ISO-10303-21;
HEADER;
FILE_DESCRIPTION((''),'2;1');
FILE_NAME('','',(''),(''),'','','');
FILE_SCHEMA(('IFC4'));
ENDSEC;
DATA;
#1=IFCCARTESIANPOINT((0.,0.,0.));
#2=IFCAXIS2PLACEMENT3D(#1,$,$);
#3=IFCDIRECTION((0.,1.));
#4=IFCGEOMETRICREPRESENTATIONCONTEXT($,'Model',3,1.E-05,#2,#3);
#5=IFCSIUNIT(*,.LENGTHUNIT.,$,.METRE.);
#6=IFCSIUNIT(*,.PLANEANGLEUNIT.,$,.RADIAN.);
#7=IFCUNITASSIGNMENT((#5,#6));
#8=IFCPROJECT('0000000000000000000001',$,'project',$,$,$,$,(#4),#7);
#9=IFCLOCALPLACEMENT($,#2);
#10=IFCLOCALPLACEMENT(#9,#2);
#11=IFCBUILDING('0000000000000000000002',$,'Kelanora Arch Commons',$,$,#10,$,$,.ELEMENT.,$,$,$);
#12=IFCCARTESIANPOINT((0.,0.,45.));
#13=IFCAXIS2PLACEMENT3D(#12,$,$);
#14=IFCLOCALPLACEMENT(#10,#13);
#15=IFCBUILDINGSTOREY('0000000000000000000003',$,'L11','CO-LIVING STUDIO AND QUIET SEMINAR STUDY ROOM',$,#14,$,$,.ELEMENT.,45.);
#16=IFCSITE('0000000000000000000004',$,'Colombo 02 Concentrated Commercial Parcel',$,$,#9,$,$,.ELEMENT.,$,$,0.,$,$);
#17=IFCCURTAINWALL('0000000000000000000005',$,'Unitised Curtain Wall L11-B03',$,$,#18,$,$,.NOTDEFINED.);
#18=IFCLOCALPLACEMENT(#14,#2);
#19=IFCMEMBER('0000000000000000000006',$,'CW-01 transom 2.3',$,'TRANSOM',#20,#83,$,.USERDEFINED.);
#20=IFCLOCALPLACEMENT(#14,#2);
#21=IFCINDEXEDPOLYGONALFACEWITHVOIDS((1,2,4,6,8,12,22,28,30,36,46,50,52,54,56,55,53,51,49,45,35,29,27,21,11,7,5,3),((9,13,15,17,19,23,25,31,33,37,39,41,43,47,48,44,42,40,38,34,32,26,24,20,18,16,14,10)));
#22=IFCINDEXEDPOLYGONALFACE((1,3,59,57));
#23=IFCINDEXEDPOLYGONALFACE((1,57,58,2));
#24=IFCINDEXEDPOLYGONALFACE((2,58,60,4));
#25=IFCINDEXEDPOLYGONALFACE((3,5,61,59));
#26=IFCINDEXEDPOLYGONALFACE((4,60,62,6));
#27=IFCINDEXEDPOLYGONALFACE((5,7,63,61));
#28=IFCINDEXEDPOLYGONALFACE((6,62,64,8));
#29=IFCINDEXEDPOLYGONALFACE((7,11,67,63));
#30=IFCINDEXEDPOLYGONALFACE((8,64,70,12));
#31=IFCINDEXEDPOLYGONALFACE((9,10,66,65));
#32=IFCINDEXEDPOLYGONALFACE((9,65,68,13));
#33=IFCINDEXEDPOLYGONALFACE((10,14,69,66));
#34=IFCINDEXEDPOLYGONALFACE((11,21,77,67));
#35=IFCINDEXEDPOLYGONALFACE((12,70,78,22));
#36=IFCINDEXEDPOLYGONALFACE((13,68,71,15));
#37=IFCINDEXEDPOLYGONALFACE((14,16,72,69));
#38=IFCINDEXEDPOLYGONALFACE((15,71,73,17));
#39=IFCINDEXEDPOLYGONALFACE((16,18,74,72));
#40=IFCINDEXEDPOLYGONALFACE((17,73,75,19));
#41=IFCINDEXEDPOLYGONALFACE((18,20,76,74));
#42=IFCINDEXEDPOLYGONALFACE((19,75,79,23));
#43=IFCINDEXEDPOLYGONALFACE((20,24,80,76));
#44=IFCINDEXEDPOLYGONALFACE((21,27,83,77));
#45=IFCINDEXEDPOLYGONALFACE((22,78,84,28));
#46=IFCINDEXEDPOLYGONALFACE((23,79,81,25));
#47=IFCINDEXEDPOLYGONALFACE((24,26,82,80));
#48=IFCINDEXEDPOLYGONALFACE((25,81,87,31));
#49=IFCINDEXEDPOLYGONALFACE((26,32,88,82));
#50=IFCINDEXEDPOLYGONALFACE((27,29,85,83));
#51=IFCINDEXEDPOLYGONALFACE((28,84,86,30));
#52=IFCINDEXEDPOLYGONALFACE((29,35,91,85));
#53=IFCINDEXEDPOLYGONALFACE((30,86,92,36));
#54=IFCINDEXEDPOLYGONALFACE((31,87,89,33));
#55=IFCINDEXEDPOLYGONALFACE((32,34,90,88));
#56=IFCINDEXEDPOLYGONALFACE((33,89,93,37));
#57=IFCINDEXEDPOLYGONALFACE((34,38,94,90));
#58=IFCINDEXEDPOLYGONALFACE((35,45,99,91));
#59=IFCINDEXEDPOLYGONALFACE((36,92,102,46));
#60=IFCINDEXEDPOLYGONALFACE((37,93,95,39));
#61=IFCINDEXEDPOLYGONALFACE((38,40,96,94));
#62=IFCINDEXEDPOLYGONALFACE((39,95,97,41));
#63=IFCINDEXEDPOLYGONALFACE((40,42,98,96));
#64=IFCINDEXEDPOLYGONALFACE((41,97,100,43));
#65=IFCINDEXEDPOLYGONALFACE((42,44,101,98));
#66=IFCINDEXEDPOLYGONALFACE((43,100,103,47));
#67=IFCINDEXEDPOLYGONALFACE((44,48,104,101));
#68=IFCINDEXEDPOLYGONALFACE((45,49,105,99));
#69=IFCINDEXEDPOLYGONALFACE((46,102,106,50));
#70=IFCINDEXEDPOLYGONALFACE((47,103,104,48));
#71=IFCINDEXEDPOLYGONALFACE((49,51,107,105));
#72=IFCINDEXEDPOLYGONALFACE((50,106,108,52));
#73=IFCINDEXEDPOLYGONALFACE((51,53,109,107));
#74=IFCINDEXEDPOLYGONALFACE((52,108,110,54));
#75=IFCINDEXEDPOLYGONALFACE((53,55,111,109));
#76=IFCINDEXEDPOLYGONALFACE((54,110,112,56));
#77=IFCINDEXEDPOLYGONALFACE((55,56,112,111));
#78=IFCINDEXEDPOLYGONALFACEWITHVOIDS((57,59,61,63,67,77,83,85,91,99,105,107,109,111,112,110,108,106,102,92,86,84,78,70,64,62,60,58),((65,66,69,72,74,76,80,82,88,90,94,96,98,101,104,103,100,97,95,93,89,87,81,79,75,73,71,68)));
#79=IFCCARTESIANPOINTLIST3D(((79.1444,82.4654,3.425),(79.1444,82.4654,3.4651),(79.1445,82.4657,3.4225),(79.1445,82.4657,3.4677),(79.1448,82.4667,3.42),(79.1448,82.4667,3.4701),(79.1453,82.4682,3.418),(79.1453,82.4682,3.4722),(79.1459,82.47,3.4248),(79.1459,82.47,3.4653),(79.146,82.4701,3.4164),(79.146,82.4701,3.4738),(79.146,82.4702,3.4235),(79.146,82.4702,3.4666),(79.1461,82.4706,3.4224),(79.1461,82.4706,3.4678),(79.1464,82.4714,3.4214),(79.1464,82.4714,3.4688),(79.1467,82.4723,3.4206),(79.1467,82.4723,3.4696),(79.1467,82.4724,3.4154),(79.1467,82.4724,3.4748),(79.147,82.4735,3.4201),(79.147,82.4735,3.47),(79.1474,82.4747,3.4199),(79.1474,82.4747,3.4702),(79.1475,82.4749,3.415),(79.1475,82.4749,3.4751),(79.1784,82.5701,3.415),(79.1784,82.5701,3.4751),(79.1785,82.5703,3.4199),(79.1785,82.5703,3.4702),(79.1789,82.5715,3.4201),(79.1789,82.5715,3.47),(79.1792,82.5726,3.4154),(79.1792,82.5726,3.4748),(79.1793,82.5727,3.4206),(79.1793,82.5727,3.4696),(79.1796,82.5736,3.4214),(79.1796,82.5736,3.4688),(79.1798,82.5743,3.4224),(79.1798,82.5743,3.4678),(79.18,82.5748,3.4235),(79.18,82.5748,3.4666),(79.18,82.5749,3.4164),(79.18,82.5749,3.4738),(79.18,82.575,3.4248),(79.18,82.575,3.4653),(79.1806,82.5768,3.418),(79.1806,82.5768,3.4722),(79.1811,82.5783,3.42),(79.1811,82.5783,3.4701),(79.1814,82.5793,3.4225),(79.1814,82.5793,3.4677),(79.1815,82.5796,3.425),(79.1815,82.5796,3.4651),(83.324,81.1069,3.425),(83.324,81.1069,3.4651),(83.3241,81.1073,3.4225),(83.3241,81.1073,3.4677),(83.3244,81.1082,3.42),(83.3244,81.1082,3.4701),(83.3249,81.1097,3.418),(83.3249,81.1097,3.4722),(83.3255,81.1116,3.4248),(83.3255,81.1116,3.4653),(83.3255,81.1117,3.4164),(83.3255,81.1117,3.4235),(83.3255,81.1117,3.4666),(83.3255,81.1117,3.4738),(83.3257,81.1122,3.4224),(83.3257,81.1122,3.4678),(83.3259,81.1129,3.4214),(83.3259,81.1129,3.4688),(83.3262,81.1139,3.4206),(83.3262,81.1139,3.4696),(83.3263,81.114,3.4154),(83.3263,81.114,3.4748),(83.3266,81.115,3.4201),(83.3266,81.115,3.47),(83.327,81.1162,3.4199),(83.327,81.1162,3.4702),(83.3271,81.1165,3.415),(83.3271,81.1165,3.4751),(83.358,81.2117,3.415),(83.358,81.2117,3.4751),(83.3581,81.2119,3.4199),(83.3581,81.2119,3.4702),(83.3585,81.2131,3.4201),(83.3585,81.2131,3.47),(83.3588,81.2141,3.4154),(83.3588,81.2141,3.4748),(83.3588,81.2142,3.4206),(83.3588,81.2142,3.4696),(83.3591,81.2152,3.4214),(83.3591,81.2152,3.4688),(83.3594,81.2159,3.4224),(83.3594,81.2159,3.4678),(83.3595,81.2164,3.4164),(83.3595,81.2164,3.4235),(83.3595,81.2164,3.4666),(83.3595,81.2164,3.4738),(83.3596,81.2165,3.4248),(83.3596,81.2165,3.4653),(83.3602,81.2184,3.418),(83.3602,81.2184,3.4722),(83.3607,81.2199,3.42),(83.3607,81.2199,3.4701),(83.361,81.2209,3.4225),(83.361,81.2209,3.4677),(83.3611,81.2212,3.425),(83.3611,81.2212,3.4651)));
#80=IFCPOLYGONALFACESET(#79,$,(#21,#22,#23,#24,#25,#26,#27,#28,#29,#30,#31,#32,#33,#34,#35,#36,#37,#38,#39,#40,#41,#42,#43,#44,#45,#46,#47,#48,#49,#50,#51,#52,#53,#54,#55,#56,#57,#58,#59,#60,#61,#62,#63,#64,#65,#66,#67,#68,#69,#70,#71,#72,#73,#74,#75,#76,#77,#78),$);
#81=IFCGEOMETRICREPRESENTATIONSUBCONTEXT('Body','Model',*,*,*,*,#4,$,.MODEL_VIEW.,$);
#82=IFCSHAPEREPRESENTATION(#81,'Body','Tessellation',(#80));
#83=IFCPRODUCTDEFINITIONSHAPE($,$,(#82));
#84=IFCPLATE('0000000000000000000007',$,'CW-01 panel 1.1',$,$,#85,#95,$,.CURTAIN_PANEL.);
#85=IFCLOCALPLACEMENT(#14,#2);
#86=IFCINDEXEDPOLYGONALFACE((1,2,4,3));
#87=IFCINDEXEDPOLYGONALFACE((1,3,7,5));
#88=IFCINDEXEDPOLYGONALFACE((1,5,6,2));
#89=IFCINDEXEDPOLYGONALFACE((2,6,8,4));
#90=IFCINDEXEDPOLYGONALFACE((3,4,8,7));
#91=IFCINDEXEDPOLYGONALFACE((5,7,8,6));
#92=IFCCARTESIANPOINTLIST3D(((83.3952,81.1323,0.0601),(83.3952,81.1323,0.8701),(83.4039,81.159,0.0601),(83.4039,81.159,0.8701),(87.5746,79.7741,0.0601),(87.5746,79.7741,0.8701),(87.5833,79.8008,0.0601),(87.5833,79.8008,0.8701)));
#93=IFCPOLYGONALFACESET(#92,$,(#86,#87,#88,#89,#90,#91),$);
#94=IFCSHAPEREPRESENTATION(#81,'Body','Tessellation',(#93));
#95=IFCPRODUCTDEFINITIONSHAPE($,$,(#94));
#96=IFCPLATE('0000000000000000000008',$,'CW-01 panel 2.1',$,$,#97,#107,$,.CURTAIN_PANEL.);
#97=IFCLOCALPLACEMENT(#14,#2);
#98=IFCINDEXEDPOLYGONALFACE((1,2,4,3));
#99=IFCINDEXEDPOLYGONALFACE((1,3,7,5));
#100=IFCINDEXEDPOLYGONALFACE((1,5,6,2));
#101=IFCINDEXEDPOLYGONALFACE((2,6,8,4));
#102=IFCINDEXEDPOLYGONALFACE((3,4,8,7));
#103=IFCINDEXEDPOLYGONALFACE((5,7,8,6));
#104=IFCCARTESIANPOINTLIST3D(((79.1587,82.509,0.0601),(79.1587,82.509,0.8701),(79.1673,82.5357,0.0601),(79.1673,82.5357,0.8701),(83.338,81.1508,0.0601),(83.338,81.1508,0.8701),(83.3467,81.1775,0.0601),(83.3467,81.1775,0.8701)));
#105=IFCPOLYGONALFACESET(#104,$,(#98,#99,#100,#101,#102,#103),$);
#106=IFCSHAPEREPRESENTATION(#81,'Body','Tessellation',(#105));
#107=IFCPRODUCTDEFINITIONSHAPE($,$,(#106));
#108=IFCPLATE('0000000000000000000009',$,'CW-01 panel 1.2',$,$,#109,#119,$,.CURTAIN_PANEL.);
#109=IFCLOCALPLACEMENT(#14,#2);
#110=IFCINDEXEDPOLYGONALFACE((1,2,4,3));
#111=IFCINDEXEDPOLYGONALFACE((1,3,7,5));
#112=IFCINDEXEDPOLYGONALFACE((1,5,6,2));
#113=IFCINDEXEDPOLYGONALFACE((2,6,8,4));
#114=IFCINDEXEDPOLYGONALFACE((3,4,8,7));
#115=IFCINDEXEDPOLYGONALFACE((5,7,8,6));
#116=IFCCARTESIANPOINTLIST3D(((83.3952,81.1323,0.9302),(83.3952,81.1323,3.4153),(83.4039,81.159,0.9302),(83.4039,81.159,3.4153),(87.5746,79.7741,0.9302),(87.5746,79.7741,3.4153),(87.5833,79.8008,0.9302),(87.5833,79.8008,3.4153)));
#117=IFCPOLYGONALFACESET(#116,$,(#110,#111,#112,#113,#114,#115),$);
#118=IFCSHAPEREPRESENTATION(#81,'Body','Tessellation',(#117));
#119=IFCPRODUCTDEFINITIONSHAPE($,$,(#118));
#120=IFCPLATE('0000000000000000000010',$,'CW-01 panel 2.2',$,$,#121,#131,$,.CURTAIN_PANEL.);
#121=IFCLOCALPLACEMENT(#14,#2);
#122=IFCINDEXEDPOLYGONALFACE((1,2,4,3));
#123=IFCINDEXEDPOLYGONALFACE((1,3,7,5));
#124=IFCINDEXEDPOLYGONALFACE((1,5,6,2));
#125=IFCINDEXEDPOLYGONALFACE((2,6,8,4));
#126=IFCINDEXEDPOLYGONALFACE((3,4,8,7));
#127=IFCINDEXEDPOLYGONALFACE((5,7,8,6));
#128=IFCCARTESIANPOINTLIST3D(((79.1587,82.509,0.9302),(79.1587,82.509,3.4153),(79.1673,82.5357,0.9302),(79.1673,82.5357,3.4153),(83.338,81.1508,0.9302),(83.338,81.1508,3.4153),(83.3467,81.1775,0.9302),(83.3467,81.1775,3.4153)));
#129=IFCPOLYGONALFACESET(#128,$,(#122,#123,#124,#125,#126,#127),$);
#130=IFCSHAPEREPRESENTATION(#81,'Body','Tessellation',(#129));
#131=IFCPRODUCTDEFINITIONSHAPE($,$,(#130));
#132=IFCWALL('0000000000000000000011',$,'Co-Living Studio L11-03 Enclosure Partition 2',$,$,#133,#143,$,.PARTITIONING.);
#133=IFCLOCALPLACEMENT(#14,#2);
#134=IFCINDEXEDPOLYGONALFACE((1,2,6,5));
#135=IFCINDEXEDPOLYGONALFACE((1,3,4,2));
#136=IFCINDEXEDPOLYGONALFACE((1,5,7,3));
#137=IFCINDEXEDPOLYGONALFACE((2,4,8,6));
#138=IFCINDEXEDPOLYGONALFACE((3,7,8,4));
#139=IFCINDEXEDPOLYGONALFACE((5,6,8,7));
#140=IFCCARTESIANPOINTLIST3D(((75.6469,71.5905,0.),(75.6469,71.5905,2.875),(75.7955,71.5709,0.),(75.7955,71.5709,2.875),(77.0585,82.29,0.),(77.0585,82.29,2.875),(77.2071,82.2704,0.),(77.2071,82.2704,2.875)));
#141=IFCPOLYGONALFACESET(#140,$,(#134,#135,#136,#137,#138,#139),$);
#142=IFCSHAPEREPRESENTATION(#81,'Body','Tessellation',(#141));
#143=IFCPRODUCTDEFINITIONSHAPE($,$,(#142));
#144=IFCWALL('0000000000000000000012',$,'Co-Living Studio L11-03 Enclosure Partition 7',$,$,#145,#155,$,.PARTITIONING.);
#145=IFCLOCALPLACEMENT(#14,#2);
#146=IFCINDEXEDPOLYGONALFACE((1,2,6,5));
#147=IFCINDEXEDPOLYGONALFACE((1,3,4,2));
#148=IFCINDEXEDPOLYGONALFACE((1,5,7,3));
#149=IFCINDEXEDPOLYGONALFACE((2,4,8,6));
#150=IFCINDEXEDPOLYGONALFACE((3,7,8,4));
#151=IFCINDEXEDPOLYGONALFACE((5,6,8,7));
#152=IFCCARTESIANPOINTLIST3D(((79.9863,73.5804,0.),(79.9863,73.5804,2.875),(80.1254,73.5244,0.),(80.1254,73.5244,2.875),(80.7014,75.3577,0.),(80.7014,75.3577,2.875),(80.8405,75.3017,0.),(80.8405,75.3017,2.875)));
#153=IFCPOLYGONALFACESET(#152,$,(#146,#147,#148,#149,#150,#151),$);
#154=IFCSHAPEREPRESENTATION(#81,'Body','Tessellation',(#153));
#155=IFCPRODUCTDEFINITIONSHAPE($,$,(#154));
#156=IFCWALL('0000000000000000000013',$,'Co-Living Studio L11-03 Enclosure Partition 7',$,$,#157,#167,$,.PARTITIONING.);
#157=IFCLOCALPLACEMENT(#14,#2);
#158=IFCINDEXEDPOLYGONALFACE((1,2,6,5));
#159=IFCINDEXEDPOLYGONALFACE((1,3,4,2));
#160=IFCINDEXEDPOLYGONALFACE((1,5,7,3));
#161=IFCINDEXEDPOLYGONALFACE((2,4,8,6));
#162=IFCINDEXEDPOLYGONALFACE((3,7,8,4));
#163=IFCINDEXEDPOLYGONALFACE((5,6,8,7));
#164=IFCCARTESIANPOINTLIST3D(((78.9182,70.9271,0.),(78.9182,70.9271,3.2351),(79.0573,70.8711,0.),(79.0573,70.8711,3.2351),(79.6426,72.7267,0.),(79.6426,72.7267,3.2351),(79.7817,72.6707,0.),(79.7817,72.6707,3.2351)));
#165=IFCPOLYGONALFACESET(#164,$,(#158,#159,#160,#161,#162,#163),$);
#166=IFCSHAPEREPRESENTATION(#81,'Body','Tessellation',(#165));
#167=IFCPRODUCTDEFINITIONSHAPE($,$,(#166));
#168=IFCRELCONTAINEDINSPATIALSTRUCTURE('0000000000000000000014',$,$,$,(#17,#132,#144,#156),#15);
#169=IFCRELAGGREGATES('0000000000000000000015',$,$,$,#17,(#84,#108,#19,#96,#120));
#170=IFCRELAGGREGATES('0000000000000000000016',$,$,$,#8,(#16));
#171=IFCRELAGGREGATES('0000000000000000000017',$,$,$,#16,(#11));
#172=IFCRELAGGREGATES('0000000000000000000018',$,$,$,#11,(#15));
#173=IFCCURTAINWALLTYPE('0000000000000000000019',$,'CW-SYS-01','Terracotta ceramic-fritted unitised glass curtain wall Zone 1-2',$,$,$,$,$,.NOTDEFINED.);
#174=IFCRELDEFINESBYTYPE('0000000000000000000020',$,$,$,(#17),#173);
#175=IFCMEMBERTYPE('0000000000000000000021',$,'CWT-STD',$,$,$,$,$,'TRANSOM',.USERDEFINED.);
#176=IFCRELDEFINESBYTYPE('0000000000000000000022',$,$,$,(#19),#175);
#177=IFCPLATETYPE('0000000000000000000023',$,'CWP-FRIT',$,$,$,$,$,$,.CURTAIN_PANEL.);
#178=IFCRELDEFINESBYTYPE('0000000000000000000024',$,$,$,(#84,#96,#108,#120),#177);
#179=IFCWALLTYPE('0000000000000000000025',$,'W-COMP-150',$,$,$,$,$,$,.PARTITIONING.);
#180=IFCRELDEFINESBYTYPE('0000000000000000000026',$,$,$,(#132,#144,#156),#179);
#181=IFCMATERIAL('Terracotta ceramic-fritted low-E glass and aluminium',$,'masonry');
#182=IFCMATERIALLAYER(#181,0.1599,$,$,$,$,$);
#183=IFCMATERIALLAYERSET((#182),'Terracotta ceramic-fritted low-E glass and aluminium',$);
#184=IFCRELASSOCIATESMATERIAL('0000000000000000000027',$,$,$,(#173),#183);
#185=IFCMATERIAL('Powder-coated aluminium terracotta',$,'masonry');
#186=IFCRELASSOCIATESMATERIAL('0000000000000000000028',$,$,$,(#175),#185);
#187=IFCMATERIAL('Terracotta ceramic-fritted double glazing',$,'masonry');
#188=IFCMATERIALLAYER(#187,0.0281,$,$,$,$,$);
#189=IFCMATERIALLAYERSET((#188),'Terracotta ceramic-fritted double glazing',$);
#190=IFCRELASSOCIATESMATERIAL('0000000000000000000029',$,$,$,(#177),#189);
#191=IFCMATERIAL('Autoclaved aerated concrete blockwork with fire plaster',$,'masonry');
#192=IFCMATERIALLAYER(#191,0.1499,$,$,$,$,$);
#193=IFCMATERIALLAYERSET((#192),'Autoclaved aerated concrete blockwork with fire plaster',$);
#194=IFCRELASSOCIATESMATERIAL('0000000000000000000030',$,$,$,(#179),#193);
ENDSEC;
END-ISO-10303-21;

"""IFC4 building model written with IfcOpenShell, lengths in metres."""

from ifc_helpers import new_model, si_unit, direction, frame, frame_2d, origin, origin_2d, place, context, subcontext, project, spatial, rectangle, hollow_rectangle, extrude, source, transform, mapped, material, layer, layer_set, material_profile, profile_set, type_object, element, aggregate, save


model = new_model("IFC4")

# Units and contexts
model_context = context("Model", 3, precision=1e-05, world=origin(), true_north=direction((0.0, 1.0)))
body_context = subcontext(model_context, "Body", "Model", "MODEL_VIEW")
ifc_project = project(units=[si_unit("LENGTHUNIT", "METRE"), si_unit("PLANEANGLEUNIT", "RADIAN")], contexts=[model_context])

# Site, building, storey
site_placement = place(None, origin())
site = spatial("IfcSite", under=ifc_project, at=site_placement, Name="Colombo 02 Concentrated Commercial Parcel", CompositionType="ELEMENT", RefElevation=0.0)
building_placement = place(site_placement, origin())
building = spatial("IfcBuilding", under=site, at=building_placement, Name="Kelanora Arch Commons", CompositionType="ELEMENT")
storey_placement = place(building_placement, frame((0.0, 0.0, 45.0)))
storey = spatial("IfcBuildingStorey", under=building, at=storey_placement, Name="L11", Description="CO-LIVING STUDIO AND QUIET SEMINAR STUDY ROOM", CompositionType="ELEMENT", Elevation=45.0)

# Curtain wall, member, plates
ifc_material_1 = material(Name="Terracotta ceramic-fritted low-E glass and aluminium", Category="masonry")
ifc_layer_1 = layer(ifc_material_1, 0.1599)
ifc_layer_set_1 = layer_set([ifc_layer_1], Name="Terracotta ceramic-fritted low-E glass and aluminium")
curtain_wall_type = type_object("IfcCurtainWallType", Name="CW-SYS-01", Description="Terracotta ceramic-fritted unitised glass curtain wall Zone 1-2", PredefinedType="NOTDEFINED", material=ifc_layer_set_1)
curtain_wall_placement = place(storey_placement, origin())
curtain_wall = element("IfcCurtainWall", 1, at=curtain_wall_placement, inside=storey, type_object=curtain_wall_type, Name="Unitised Curtain Wall L11-B03", PredefinedType="NOTDEFINED")
ifc_material_2 = material(Name="Powder-coated aluminium terracotta", Category="masonry")
ifc_material_profile_1 = material_profile(ifc_material_2, hollow_rectangle(XDim=0.1201, YDim=0.0601, WallThickness=0.0049, InnerFilletRadius=0.0049, OuterFilletRadius=0.01, at=origin_2d()), Name="CWT120x60")
ifc_profile_set_1 = profile_set([ifc_material_profile_1], Name="Powder-coated aluminium terracotta")
member_type_1 = type_object("IfcMemberType", Name="CWT-STD", ElementType="TRANSOM", PredefinedType="USERDEFINED", material=ifc_profile_set_1)
member_1_placement = place(storey_placement, frame((83.3425, 81.1641, 3.4451), z_axis=(-0.951029, 0.309102, 0.0), x_axis=(-0.309102, -0.951029, 0.0)))
member_1 = element("IfcMember", 2, at=member_1_placement, type_object=member_type_1, Name="CW-01 transom 2.3", ObjectType="TRANSOM", PredefinedType="USERDEFINED", context=body_context, shape_type="SweptSolid", body=[
    extrude(hollow_rectangle(XDim=0.1201, YDim=0.0601, WallThickness=0.0049, InnerFilletRadius=0.0049, OuterFilletRadius=0.01, at=origin_2d()), origin(), (0.0, 0.0, 1.0), 4.3948),
])
ifc_material_3 = material(Name="Terracotta ceramic-fritted double glazing", Category="masonry")
ifc_layer_2 = layer(ifc_material_3, 0.0281)
ifc_layer_set_2 = layer_set([ifc_layer_2], Name="Terracotta ceramic-fritted double glazing")
plate_type = type_object("IfcPlateType", Name="CWP-FRIT", PredefinedType="CURTAIN_PANEL", material=ifc_layer_set_2)
shared_shape_1 = source(origin(), body_context, "Body", "SweptSolid", [
    extrude(rectangle(XDim=4.3945, YDim=0.0281, at=origin_2d()), origin(), (0.0, 0.0, 1.0), 0.8101),
])
plate_1_placement = place(storey_placement, frame((85.4893, 80.4666, 0.0601), z_axis=(0.0, 0.0, 1.0), x_axis=(-0.951043, 0.309058, 0.0)))
plate_1 = element("IfcPlate", 3, at=plate_1_placement, type_object=plate_type, Name="CW-01 panel 1.1", PredefinedType="CURTAIN_PANEL", context=body_context, shape_type="MappedRepresentation", body=[
    mapped(shared_shape_1, transform((0.0, 0.0, 0.0), scale=1.0)),
])
plate_2_placement = place(storey_placement, frame((81.2527, 81.8433, 0.0601), z_axis=(0.0, 0.0, 1.0), x_axis=(-0.951043, 0.309058, 0.0)))
plate_2 = element("IfcPlate", 4, at=plate_2_placement, type_object=plate_type, Name="CW-01 panel 2.1", PredefinedType="CURTAIN_PANEL", context=body_context, shape_type="MappedRepresentation", body=[
    mapped(shared_shape_1, transform((0.0, 0.0, 0.0), scale=1.0)),
])
shared_shape_2 = source(origin(), body_context, "Body", "SweptSolid", [
    extrude(rectangle(XDim=4.3945, YDim=0.0281, at=origin_2d()), origin(), (0.0, 0.0, 1.0), 2.4851),
])
plate_3_placement = place(storey_placement, frame((85.4893, 80.4666, 0.9302), z_axis=(0.0, 0.0, 1.0), x_axis=(-0.951043, 0.309058, 0.0)))
plate_3 = element("IfcPlate", 5, at=plate_3_placement, type_object=plate_type, Name="CW-01 panel 1.2", PredefinedType="CURTAIN_PANEL", context=body_context, shape_type="MappedRepresentation", body=[
    mapped(shared_shape_2, transform((0.0, 0.0, 0.0), scale=1.0)),
])
plate_4_placement = place(storey_placement, frame((81.2527, 81.8433, 0.9302), z_axis=(0.0, 0.0, 1.0), x_axis=(-0.951043, 0.309058, 0.0)))
plate_4 = element("IfcPlate", 6, at=plate_4_placement, type_object=plate_type, Name="CW-01 panel 2.2", PredefinedType="CURTAIN_PANEL", context=body_context, shape_type="MappedRepresentation", body=[
    mapped(shared_shape_2, transform((0.0, 0.0, 0.0), scale=1.0)),
])
aggregate(curtain_wall, [plate_1, plate_3, member_1, plate_2, plate_4])

# Walls
ifc_material_4 = material(Name="Autoclaved aerated concrete blockwork with fire plaster", Category="masonry")
ifc_layer_3 = layer(ifc_material_4, 0.1499)
ifc_layer_set_3 = layer_set([ifc_layer_3], Name="Autoclaved aerated concrete blockwork with fire plaster")
wall_type_1 = type_object("IfcWallType", Name="W-COMP-150", PredefinedType="PARTITIONING", material=ifc_layer_set_3)
wall_1_placement = place(storey_placement, frame((75.7212, 71.5808, 0.0), z_axis=(0.0, 0.0, 1.0), x_axis=(0.1308, 0.991409, 0.0)))
element("IfcWall", 7, at=wall_1_placement, inside=storey, type_object=wall_type_1, Name="Co-Living Studio L11-03 Enclosure Partition 2", PredefinedType="PARTITIONING", context=body_context, shape_type="SweptSolid", body=[
    extrude(rectangle(XDim=10.7922, YDim=0.1499, at=frame_2d((5.396, 0.0))), origin(), (0.0, 0.0, 1.0), 2.875),
])
wall_2_placement = place(storey_placement, frame((80.771, 75.3298, 0.0), z_axis=(0.0, 0.0, 1.0), x_axis=(-0.373258, -0.927728, 0.0)))
element("IfcWall", 8, at=wall_2_placement, inside=storey, type_object=wall_type_1, Name="Co-Living Studio L11-03 Enclosure Partition 7", PredefinedType="PARTITIONING", context=body_context, shape_type="SweptSolid", body=[
    extrude(rectangle(XDim=1.9158, YDim=0.1499, at=frame_2d((0.958, 0.0))), origin(), (0.0, 0.0, 1.0), 2.875),
])
wall_3_placement = place(storey_placement, frame((79.7122, 72.6987, 0.0), z_axis=(0.0, 0.0, 1.0), x_axis=(-0.373408, -0.927667, 0.0)))
element("IfcWall", 9, at=wall_3_placement, inside=storey, type_object=wall_type_1, Name="Co-Living Studio L11-03 Enclosure Partition 7", PredefinedType="PARTITIONING", context=body_context, shape_type="SweptSolid", body=[
    extrude(rectangle(XDim=1.9399, YDim=0.1499, at=frame_2d((0.97, 0.0))), origin(), (0.0, 0.0, 1.0), 3.2351),
])

save(model, "model.ifc")
